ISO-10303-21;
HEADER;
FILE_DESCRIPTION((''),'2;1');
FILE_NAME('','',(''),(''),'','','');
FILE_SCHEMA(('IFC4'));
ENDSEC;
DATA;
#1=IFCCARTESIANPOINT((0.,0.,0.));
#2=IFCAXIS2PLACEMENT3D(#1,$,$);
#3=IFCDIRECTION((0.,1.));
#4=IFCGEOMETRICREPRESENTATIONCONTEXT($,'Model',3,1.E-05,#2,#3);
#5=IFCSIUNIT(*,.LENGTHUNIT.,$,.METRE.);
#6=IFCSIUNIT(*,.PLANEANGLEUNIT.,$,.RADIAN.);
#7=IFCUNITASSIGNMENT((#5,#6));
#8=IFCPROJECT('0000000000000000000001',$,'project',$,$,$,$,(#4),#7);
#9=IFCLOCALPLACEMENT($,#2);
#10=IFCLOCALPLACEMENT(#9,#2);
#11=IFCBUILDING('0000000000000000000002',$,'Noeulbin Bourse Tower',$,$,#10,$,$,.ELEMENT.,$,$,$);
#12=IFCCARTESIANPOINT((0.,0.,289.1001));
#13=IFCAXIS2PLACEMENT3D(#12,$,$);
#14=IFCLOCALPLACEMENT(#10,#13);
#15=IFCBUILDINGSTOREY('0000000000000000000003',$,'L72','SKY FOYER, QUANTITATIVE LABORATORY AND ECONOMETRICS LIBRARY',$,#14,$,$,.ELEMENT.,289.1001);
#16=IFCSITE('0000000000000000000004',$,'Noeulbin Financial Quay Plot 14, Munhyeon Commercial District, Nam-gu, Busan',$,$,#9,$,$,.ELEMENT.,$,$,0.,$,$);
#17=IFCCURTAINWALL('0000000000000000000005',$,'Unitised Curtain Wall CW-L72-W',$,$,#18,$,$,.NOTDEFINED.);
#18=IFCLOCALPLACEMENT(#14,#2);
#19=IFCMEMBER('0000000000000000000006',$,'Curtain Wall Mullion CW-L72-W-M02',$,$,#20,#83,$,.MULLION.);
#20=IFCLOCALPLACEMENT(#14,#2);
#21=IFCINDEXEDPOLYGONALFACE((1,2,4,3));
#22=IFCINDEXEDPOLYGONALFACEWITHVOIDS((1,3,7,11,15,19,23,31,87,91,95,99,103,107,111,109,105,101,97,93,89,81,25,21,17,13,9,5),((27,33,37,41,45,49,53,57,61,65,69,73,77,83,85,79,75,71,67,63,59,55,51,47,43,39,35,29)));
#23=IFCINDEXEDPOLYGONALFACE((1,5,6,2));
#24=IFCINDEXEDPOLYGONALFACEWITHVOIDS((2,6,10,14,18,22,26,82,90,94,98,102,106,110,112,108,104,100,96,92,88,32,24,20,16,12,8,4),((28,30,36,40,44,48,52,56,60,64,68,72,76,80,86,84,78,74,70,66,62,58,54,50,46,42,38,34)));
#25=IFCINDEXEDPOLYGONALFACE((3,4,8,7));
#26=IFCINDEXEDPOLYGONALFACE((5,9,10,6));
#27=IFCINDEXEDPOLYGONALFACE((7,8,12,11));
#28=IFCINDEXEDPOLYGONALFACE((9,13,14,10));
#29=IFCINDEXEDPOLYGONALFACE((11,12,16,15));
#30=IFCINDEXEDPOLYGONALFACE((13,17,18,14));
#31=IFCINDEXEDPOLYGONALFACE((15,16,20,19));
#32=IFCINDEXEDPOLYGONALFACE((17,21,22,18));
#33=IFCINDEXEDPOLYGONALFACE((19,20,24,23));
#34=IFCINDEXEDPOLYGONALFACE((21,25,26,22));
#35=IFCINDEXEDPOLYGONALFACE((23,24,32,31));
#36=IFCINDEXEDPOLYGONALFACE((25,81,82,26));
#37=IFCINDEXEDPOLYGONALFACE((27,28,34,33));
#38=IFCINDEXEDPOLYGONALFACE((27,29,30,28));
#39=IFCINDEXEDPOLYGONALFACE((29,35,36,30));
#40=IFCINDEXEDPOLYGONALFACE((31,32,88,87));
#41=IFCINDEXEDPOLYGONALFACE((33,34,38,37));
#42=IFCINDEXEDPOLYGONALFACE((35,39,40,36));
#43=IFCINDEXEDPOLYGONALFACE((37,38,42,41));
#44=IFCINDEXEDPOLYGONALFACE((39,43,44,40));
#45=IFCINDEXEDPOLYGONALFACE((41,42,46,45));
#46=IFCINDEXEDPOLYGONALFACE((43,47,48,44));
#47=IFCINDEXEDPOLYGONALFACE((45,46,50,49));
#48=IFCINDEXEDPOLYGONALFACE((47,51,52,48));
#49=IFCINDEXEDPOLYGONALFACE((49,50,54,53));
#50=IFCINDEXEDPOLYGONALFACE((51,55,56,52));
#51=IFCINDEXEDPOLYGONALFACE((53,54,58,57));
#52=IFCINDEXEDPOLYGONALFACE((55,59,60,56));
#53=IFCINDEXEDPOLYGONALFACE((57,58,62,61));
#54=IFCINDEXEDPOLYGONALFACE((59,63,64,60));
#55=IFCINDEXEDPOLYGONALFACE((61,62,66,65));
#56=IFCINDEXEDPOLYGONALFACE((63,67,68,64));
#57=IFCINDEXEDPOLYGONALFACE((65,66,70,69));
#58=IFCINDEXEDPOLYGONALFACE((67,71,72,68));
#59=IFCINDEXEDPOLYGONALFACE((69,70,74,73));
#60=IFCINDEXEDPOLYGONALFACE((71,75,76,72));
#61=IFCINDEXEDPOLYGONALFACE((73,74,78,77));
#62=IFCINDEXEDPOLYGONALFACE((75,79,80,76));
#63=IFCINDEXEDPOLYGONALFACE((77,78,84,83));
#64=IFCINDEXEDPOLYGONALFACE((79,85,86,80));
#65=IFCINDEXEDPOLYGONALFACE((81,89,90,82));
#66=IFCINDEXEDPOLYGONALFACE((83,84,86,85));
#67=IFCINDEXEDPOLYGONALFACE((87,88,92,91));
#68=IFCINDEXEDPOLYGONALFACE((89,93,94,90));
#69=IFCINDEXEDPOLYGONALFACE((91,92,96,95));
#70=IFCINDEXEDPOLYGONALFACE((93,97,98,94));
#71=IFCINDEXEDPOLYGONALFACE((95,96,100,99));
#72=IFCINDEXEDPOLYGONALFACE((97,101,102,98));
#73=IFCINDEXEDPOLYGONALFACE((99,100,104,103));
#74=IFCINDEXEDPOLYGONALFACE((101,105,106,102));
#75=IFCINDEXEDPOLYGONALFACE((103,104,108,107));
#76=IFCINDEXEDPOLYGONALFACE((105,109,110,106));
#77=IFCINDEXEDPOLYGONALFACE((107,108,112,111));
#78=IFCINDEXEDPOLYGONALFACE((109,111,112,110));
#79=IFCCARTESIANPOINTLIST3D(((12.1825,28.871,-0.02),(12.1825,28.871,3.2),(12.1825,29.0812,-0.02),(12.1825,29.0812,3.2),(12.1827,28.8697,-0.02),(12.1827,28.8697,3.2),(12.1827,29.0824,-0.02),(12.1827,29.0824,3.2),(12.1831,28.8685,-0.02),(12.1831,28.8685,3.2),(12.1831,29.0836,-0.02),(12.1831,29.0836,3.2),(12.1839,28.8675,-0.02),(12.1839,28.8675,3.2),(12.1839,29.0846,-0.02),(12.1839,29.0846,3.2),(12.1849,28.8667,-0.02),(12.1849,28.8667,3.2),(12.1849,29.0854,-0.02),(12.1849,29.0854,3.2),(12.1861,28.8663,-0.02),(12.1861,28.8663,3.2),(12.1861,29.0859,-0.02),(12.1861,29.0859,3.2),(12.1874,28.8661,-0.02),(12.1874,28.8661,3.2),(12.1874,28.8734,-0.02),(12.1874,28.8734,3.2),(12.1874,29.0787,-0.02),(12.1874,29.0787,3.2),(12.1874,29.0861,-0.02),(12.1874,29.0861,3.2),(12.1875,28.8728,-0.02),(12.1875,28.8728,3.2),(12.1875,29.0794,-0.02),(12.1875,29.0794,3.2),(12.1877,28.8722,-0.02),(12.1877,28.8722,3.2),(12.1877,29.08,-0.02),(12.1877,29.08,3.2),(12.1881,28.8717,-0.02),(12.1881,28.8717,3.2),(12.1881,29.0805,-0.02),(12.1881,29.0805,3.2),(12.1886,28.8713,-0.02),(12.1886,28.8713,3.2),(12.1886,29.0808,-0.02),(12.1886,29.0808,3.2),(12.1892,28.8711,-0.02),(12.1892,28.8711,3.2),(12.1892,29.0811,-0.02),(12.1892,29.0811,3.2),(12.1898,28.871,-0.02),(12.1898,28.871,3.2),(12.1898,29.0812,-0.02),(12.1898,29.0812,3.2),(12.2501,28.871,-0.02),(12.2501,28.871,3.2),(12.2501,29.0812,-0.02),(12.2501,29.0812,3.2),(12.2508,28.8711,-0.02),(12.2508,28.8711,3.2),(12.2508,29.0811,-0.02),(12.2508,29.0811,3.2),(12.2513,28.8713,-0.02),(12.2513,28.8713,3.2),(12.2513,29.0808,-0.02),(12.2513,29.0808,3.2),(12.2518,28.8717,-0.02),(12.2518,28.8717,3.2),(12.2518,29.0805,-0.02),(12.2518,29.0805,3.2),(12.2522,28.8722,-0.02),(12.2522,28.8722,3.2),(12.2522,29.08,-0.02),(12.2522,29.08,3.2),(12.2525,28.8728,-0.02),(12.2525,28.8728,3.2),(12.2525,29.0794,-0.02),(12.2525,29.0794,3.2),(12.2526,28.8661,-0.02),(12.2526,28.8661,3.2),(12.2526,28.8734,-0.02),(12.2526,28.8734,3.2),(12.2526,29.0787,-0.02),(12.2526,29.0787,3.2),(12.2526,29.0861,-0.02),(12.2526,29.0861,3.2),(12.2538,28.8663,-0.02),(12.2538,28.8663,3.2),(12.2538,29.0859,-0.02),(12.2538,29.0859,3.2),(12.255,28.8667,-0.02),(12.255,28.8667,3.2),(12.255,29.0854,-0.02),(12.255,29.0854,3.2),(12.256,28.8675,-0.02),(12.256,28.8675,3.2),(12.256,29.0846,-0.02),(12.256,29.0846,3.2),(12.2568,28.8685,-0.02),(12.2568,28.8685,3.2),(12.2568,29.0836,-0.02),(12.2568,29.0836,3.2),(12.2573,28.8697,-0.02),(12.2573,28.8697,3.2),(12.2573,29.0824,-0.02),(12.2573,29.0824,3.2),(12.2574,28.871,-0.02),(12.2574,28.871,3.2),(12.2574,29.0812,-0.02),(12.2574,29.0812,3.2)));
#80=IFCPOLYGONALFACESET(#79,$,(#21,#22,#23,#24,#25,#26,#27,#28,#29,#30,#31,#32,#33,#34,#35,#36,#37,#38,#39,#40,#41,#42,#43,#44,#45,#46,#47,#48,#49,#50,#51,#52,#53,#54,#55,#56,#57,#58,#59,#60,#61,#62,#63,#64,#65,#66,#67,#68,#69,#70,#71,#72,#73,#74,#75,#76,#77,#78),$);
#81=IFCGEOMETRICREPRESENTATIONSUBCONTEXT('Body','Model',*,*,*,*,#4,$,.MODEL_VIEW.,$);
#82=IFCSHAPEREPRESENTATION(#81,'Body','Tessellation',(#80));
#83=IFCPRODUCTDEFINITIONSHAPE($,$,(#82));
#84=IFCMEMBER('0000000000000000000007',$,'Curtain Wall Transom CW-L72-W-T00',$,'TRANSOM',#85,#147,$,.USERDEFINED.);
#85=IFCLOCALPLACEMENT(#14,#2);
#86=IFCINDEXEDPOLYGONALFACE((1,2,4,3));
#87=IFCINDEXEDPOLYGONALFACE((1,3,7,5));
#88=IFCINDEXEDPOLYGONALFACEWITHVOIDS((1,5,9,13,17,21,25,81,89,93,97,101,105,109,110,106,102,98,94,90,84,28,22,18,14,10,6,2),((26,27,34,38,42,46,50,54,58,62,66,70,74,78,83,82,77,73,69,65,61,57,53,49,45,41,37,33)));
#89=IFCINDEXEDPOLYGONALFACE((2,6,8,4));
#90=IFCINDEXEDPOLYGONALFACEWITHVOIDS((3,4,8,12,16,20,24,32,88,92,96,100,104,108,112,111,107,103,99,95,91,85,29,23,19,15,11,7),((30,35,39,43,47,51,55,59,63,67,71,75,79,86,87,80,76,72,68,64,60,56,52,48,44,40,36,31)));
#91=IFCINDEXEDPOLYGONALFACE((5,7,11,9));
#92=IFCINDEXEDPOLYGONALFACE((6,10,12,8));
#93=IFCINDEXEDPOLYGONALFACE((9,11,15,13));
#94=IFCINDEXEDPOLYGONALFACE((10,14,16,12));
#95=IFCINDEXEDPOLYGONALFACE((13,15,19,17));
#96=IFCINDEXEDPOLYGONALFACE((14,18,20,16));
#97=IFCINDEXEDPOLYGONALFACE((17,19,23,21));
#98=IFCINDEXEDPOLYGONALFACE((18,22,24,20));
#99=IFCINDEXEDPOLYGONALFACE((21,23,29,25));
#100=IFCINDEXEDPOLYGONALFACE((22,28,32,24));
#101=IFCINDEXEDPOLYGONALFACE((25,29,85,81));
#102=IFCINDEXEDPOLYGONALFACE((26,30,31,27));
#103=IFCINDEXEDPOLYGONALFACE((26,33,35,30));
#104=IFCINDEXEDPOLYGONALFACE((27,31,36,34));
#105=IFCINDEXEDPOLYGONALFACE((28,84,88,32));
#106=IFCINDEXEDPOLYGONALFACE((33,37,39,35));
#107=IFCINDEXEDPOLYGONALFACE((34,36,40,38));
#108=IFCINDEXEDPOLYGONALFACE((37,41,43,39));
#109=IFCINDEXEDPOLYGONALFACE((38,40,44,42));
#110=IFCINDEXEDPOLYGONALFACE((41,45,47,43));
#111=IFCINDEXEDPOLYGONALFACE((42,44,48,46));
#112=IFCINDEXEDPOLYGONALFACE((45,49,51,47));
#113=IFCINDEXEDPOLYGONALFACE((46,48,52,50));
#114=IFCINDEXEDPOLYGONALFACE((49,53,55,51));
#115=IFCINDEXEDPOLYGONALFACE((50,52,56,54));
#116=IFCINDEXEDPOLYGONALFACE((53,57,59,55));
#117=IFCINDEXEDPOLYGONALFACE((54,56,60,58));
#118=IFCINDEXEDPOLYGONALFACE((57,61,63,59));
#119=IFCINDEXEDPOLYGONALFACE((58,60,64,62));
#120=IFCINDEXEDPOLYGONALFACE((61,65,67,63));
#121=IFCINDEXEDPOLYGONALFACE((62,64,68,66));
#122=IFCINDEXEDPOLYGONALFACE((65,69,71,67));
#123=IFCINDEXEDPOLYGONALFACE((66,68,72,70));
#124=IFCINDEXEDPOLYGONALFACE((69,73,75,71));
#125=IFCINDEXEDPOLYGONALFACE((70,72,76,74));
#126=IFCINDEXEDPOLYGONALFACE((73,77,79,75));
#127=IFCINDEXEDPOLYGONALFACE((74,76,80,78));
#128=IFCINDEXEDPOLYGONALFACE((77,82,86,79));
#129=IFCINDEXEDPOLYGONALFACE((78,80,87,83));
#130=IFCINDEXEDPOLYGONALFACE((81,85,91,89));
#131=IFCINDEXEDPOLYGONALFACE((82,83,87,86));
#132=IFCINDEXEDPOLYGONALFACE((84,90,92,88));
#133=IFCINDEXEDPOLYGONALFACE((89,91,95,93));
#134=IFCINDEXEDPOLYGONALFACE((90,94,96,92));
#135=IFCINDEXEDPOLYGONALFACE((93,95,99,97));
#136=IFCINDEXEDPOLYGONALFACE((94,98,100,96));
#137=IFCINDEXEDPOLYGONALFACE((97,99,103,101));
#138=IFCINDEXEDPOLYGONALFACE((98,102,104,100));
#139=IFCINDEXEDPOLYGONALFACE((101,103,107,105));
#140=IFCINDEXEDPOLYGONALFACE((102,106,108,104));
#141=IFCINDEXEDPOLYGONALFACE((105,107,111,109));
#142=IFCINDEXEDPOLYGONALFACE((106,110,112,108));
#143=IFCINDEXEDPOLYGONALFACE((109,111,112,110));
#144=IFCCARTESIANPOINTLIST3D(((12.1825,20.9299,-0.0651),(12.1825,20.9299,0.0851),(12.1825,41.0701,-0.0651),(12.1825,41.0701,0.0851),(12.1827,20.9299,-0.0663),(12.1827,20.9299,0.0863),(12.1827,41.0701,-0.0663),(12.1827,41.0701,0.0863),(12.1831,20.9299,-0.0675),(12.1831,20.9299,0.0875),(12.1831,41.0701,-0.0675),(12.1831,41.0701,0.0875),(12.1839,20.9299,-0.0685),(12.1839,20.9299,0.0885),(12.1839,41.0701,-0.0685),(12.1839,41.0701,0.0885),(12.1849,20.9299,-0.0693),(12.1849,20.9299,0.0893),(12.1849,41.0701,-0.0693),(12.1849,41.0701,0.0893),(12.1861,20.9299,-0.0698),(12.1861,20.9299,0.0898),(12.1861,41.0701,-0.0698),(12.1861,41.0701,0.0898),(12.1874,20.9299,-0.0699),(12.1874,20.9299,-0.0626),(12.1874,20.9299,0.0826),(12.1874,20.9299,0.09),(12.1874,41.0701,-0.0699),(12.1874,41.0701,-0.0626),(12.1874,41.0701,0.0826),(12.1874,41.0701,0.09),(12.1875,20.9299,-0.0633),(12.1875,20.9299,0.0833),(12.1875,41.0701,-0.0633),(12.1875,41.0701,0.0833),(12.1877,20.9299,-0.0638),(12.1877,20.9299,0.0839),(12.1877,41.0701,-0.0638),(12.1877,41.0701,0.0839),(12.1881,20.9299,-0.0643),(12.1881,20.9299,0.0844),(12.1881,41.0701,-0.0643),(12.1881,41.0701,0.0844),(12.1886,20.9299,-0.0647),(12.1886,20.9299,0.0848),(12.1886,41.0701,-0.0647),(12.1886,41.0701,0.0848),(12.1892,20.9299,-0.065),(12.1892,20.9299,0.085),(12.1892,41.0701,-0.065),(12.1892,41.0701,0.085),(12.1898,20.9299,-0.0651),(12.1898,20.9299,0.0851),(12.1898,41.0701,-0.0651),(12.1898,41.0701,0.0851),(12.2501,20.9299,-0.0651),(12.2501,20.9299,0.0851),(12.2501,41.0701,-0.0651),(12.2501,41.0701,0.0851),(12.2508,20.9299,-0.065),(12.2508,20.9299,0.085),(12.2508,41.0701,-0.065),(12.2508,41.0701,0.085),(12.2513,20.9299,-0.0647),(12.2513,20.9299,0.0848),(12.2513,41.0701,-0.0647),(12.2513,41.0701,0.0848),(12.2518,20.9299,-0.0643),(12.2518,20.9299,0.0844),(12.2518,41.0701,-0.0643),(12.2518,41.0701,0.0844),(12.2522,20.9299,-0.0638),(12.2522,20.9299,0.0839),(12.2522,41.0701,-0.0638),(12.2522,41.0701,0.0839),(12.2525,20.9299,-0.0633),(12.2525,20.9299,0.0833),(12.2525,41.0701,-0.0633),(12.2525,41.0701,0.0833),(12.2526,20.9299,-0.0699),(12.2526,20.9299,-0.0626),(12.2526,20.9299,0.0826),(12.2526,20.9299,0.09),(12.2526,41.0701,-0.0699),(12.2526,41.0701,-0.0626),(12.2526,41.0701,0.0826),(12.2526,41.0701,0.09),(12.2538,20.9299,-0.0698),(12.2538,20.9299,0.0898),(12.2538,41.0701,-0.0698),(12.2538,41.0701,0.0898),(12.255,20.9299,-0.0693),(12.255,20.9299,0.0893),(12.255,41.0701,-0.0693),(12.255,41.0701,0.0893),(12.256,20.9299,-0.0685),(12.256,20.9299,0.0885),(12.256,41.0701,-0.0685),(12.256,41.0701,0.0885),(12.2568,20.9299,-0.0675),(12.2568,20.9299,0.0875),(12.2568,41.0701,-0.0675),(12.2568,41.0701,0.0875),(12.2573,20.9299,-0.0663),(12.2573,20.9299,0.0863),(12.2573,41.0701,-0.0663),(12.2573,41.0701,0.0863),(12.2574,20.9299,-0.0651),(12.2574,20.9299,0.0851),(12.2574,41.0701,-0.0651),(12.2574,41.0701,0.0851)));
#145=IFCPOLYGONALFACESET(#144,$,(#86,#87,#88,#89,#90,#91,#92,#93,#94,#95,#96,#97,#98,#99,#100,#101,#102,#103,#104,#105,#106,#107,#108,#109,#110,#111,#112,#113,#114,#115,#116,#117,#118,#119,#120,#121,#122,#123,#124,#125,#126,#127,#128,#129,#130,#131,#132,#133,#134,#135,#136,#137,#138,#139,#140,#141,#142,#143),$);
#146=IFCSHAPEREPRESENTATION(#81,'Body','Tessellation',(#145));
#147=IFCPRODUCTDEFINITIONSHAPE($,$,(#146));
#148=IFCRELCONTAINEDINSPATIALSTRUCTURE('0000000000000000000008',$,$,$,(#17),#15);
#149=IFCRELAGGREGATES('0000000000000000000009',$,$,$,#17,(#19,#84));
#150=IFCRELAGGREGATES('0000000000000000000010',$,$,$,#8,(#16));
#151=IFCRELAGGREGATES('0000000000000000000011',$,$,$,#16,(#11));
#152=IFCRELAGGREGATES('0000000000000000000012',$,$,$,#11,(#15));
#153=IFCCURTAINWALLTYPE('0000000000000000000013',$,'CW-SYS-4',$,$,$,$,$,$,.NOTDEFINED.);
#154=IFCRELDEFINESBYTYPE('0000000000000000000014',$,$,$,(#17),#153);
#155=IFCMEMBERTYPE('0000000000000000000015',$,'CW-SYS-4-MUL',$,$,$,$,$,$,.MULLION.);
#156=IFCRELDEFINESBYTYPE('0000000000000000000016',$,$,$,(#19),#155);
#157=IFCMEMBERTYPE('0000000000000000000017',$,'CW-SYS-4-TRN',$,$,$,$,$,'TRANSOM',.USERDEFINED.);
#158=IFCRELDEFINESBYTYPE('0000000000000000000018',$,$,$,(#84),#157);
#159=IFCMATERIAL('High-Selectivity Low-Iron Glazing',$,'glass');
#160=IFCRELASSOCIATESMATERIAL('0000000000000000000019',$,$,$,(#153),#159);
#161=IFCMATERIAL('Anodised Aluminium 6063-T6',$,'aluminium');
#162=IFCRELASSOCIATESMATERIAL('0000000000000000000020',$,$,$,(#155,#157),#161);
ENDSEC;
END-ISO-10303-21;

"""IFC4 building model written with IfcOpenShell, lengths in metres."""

from ifc_helpers import new_model, si_unit, direction, frame, origin, origin_2d, place, context, subcontext, project, spatial, hollow_rectangle, extrude, material, material_profile, profile_set, type_object, element, aggregate, save


model = new_model("IFC4")

# Units and contexts
model_context = context("Model", 3, precision=1e-05, world=origin(), true_north=direction((0.0, 1.0)))
body_context = subcontext(model_context, "Body", "Model", "MODEL_VIEW")
ifc_project = project(units=[si_unit("LENGTHUNIT", "METRE"), si_unit("PLANEANGLEUNIT", "RADIAN")], contexts=[model_context])

# Site, building, storey
site_placement = place(None, origin())
site = spatial("IfcSite", under=ifc_project, at=site_placement, Name="Noeulbin Financial Quay Plot 14, Munhyeon Commercial District, Nam-gu, Busan", CompositionType="ELEMENT", RefElevation=0.0)
building_placement = place(site_placement, origin())
building = spatial("IfcBuilding", under=site, at=building_placement, Name="Noeulbin Bourse Tower", CompositionType="ELEMENT")
storey_placement = place(building_placement, frame((0.0, 0.0, 289.1001)))
storey = spatial("IfcBuildingStorey", under=building, at=storey_placement, Name="L72", Description="SKY FOYER, QUANTITATIVE LABORATORY AND ECONOMETRICS LIBRARY", CompositionType="ELEMENT", Elevation=289.1001)

# Curtain wall, members
ifc_material_1 = material(Name="High-Selectivity Low-Iron Glazing", Category="glass")
curtain_wall_type = type_object("IfcCurtainWallType", Name="CW-SYS-4", PredefinedType="NOTDEFINED", material=ifc_material_1)
curtain_wall_placement = place(storey_placement, origin())
curtain_wall = element("IfcCurtainWall", 1, at=curtain_wall_placement, inside=storey, type_object=curtain_wall_type, Name="Unitised Curtain Wall CW-L72-W", PredefinedType="NOTDEFINED")
ifc_material_2 = material(Name="Anodised Aluminium 6063-T6", Category="aluminium")
ifc_material_profile_1 = material_profile(ifc_material_2, hollow_rectangle(XDim=0.075, YDim=0.22, WallThickness=0.0049, InnerFilletRadius=0.0024, OuterFilletRadius=0.0049, at=origin_2d()), Name="ALU-MULL-75x220x5", Category="LoadBearing")
ifc_profile_set_1 = profile_set([ifc_material_profile_1], Name="Anodised Aluminium 6063-T6")
member_type_1 = type_object("IfcMemberType", Name="CW-SYS-4-MUL", PredefinedType="MULLION", material=ifc_profile_set_1)
member_1_placement = place(storey_placement, frame((12.22, 28.9761, -0.02), z_axis=(0.0, 0.0, 1.0), x_axis=(1.0, 0.0, 0.0)))
member_1 = element("IfcMember", 2, at=member_1_placement, type_object=member_type_1, Name="Curtain Wall Mullion CW-L72-W-M02", PredefinedType="MULLION", context=body_context, shape_type="SweptSolid", body=[
    extrude(hollow_rectangle(XDim=0.075, YDim=0.22, WallThickness=0.0049, InnerFilletRadius=0.0024, OuterFilletRadius=0.0049, at=origin_2d()), origin(), (0.0, 0.0, 1.0), 3.22),
])
ifc_material_profile_2 = material_profile(ifc_material_2, hollow_rectangle(XDim=0.075, YDim=0.1599, WallThickness=0.0049, InnerFilletRadius=0.0024, OuterFilletRadius=0.0049, at=origin_2d()), Name="ALU-TRAN-75x160x5", Category="LoadBearing")
ifc_profile_set_2 = profile_set([ifc_material_profile_2], Name="Anodised Aluminium 6063-T6")
member_type_2 = type_object("IfcMemberType", Name="CW-SYS-4-TRN", ElementType="TRANSOM", PredefinedType="USERDEFINED", material=ifc_profile_set_2)
member_2_placement = place(storey_placement, frame((12.22, 20.9299, 0.01), z_axis=(0.0, 1.0, 0.0), x_axis=(-1.0, 0.0, 0.0)))
member_2 = element("IfcMember", 3, at=member_2_placement, type_object=member_type_2, Name="Curtain Wall Transom CW-L72-W-T00", ObjectType="TRANSOM", PredefinedType="USERDEFINED", context=body_context, shape_type="SweptSolid", body=[
    extrude(hollow_rectangle(XDim=0.075, YDim=0.1599, WallThickness=0.0049, InnerFilletRadius=0.0024, OuterFilletRadius=0.0049, at=origin_2d()), origin(), (0.0, 0.0, 1.0), 20.1401),
])
aggregate(curtain_wall, [member_1, member_2])

save(model, "model.ifc")
